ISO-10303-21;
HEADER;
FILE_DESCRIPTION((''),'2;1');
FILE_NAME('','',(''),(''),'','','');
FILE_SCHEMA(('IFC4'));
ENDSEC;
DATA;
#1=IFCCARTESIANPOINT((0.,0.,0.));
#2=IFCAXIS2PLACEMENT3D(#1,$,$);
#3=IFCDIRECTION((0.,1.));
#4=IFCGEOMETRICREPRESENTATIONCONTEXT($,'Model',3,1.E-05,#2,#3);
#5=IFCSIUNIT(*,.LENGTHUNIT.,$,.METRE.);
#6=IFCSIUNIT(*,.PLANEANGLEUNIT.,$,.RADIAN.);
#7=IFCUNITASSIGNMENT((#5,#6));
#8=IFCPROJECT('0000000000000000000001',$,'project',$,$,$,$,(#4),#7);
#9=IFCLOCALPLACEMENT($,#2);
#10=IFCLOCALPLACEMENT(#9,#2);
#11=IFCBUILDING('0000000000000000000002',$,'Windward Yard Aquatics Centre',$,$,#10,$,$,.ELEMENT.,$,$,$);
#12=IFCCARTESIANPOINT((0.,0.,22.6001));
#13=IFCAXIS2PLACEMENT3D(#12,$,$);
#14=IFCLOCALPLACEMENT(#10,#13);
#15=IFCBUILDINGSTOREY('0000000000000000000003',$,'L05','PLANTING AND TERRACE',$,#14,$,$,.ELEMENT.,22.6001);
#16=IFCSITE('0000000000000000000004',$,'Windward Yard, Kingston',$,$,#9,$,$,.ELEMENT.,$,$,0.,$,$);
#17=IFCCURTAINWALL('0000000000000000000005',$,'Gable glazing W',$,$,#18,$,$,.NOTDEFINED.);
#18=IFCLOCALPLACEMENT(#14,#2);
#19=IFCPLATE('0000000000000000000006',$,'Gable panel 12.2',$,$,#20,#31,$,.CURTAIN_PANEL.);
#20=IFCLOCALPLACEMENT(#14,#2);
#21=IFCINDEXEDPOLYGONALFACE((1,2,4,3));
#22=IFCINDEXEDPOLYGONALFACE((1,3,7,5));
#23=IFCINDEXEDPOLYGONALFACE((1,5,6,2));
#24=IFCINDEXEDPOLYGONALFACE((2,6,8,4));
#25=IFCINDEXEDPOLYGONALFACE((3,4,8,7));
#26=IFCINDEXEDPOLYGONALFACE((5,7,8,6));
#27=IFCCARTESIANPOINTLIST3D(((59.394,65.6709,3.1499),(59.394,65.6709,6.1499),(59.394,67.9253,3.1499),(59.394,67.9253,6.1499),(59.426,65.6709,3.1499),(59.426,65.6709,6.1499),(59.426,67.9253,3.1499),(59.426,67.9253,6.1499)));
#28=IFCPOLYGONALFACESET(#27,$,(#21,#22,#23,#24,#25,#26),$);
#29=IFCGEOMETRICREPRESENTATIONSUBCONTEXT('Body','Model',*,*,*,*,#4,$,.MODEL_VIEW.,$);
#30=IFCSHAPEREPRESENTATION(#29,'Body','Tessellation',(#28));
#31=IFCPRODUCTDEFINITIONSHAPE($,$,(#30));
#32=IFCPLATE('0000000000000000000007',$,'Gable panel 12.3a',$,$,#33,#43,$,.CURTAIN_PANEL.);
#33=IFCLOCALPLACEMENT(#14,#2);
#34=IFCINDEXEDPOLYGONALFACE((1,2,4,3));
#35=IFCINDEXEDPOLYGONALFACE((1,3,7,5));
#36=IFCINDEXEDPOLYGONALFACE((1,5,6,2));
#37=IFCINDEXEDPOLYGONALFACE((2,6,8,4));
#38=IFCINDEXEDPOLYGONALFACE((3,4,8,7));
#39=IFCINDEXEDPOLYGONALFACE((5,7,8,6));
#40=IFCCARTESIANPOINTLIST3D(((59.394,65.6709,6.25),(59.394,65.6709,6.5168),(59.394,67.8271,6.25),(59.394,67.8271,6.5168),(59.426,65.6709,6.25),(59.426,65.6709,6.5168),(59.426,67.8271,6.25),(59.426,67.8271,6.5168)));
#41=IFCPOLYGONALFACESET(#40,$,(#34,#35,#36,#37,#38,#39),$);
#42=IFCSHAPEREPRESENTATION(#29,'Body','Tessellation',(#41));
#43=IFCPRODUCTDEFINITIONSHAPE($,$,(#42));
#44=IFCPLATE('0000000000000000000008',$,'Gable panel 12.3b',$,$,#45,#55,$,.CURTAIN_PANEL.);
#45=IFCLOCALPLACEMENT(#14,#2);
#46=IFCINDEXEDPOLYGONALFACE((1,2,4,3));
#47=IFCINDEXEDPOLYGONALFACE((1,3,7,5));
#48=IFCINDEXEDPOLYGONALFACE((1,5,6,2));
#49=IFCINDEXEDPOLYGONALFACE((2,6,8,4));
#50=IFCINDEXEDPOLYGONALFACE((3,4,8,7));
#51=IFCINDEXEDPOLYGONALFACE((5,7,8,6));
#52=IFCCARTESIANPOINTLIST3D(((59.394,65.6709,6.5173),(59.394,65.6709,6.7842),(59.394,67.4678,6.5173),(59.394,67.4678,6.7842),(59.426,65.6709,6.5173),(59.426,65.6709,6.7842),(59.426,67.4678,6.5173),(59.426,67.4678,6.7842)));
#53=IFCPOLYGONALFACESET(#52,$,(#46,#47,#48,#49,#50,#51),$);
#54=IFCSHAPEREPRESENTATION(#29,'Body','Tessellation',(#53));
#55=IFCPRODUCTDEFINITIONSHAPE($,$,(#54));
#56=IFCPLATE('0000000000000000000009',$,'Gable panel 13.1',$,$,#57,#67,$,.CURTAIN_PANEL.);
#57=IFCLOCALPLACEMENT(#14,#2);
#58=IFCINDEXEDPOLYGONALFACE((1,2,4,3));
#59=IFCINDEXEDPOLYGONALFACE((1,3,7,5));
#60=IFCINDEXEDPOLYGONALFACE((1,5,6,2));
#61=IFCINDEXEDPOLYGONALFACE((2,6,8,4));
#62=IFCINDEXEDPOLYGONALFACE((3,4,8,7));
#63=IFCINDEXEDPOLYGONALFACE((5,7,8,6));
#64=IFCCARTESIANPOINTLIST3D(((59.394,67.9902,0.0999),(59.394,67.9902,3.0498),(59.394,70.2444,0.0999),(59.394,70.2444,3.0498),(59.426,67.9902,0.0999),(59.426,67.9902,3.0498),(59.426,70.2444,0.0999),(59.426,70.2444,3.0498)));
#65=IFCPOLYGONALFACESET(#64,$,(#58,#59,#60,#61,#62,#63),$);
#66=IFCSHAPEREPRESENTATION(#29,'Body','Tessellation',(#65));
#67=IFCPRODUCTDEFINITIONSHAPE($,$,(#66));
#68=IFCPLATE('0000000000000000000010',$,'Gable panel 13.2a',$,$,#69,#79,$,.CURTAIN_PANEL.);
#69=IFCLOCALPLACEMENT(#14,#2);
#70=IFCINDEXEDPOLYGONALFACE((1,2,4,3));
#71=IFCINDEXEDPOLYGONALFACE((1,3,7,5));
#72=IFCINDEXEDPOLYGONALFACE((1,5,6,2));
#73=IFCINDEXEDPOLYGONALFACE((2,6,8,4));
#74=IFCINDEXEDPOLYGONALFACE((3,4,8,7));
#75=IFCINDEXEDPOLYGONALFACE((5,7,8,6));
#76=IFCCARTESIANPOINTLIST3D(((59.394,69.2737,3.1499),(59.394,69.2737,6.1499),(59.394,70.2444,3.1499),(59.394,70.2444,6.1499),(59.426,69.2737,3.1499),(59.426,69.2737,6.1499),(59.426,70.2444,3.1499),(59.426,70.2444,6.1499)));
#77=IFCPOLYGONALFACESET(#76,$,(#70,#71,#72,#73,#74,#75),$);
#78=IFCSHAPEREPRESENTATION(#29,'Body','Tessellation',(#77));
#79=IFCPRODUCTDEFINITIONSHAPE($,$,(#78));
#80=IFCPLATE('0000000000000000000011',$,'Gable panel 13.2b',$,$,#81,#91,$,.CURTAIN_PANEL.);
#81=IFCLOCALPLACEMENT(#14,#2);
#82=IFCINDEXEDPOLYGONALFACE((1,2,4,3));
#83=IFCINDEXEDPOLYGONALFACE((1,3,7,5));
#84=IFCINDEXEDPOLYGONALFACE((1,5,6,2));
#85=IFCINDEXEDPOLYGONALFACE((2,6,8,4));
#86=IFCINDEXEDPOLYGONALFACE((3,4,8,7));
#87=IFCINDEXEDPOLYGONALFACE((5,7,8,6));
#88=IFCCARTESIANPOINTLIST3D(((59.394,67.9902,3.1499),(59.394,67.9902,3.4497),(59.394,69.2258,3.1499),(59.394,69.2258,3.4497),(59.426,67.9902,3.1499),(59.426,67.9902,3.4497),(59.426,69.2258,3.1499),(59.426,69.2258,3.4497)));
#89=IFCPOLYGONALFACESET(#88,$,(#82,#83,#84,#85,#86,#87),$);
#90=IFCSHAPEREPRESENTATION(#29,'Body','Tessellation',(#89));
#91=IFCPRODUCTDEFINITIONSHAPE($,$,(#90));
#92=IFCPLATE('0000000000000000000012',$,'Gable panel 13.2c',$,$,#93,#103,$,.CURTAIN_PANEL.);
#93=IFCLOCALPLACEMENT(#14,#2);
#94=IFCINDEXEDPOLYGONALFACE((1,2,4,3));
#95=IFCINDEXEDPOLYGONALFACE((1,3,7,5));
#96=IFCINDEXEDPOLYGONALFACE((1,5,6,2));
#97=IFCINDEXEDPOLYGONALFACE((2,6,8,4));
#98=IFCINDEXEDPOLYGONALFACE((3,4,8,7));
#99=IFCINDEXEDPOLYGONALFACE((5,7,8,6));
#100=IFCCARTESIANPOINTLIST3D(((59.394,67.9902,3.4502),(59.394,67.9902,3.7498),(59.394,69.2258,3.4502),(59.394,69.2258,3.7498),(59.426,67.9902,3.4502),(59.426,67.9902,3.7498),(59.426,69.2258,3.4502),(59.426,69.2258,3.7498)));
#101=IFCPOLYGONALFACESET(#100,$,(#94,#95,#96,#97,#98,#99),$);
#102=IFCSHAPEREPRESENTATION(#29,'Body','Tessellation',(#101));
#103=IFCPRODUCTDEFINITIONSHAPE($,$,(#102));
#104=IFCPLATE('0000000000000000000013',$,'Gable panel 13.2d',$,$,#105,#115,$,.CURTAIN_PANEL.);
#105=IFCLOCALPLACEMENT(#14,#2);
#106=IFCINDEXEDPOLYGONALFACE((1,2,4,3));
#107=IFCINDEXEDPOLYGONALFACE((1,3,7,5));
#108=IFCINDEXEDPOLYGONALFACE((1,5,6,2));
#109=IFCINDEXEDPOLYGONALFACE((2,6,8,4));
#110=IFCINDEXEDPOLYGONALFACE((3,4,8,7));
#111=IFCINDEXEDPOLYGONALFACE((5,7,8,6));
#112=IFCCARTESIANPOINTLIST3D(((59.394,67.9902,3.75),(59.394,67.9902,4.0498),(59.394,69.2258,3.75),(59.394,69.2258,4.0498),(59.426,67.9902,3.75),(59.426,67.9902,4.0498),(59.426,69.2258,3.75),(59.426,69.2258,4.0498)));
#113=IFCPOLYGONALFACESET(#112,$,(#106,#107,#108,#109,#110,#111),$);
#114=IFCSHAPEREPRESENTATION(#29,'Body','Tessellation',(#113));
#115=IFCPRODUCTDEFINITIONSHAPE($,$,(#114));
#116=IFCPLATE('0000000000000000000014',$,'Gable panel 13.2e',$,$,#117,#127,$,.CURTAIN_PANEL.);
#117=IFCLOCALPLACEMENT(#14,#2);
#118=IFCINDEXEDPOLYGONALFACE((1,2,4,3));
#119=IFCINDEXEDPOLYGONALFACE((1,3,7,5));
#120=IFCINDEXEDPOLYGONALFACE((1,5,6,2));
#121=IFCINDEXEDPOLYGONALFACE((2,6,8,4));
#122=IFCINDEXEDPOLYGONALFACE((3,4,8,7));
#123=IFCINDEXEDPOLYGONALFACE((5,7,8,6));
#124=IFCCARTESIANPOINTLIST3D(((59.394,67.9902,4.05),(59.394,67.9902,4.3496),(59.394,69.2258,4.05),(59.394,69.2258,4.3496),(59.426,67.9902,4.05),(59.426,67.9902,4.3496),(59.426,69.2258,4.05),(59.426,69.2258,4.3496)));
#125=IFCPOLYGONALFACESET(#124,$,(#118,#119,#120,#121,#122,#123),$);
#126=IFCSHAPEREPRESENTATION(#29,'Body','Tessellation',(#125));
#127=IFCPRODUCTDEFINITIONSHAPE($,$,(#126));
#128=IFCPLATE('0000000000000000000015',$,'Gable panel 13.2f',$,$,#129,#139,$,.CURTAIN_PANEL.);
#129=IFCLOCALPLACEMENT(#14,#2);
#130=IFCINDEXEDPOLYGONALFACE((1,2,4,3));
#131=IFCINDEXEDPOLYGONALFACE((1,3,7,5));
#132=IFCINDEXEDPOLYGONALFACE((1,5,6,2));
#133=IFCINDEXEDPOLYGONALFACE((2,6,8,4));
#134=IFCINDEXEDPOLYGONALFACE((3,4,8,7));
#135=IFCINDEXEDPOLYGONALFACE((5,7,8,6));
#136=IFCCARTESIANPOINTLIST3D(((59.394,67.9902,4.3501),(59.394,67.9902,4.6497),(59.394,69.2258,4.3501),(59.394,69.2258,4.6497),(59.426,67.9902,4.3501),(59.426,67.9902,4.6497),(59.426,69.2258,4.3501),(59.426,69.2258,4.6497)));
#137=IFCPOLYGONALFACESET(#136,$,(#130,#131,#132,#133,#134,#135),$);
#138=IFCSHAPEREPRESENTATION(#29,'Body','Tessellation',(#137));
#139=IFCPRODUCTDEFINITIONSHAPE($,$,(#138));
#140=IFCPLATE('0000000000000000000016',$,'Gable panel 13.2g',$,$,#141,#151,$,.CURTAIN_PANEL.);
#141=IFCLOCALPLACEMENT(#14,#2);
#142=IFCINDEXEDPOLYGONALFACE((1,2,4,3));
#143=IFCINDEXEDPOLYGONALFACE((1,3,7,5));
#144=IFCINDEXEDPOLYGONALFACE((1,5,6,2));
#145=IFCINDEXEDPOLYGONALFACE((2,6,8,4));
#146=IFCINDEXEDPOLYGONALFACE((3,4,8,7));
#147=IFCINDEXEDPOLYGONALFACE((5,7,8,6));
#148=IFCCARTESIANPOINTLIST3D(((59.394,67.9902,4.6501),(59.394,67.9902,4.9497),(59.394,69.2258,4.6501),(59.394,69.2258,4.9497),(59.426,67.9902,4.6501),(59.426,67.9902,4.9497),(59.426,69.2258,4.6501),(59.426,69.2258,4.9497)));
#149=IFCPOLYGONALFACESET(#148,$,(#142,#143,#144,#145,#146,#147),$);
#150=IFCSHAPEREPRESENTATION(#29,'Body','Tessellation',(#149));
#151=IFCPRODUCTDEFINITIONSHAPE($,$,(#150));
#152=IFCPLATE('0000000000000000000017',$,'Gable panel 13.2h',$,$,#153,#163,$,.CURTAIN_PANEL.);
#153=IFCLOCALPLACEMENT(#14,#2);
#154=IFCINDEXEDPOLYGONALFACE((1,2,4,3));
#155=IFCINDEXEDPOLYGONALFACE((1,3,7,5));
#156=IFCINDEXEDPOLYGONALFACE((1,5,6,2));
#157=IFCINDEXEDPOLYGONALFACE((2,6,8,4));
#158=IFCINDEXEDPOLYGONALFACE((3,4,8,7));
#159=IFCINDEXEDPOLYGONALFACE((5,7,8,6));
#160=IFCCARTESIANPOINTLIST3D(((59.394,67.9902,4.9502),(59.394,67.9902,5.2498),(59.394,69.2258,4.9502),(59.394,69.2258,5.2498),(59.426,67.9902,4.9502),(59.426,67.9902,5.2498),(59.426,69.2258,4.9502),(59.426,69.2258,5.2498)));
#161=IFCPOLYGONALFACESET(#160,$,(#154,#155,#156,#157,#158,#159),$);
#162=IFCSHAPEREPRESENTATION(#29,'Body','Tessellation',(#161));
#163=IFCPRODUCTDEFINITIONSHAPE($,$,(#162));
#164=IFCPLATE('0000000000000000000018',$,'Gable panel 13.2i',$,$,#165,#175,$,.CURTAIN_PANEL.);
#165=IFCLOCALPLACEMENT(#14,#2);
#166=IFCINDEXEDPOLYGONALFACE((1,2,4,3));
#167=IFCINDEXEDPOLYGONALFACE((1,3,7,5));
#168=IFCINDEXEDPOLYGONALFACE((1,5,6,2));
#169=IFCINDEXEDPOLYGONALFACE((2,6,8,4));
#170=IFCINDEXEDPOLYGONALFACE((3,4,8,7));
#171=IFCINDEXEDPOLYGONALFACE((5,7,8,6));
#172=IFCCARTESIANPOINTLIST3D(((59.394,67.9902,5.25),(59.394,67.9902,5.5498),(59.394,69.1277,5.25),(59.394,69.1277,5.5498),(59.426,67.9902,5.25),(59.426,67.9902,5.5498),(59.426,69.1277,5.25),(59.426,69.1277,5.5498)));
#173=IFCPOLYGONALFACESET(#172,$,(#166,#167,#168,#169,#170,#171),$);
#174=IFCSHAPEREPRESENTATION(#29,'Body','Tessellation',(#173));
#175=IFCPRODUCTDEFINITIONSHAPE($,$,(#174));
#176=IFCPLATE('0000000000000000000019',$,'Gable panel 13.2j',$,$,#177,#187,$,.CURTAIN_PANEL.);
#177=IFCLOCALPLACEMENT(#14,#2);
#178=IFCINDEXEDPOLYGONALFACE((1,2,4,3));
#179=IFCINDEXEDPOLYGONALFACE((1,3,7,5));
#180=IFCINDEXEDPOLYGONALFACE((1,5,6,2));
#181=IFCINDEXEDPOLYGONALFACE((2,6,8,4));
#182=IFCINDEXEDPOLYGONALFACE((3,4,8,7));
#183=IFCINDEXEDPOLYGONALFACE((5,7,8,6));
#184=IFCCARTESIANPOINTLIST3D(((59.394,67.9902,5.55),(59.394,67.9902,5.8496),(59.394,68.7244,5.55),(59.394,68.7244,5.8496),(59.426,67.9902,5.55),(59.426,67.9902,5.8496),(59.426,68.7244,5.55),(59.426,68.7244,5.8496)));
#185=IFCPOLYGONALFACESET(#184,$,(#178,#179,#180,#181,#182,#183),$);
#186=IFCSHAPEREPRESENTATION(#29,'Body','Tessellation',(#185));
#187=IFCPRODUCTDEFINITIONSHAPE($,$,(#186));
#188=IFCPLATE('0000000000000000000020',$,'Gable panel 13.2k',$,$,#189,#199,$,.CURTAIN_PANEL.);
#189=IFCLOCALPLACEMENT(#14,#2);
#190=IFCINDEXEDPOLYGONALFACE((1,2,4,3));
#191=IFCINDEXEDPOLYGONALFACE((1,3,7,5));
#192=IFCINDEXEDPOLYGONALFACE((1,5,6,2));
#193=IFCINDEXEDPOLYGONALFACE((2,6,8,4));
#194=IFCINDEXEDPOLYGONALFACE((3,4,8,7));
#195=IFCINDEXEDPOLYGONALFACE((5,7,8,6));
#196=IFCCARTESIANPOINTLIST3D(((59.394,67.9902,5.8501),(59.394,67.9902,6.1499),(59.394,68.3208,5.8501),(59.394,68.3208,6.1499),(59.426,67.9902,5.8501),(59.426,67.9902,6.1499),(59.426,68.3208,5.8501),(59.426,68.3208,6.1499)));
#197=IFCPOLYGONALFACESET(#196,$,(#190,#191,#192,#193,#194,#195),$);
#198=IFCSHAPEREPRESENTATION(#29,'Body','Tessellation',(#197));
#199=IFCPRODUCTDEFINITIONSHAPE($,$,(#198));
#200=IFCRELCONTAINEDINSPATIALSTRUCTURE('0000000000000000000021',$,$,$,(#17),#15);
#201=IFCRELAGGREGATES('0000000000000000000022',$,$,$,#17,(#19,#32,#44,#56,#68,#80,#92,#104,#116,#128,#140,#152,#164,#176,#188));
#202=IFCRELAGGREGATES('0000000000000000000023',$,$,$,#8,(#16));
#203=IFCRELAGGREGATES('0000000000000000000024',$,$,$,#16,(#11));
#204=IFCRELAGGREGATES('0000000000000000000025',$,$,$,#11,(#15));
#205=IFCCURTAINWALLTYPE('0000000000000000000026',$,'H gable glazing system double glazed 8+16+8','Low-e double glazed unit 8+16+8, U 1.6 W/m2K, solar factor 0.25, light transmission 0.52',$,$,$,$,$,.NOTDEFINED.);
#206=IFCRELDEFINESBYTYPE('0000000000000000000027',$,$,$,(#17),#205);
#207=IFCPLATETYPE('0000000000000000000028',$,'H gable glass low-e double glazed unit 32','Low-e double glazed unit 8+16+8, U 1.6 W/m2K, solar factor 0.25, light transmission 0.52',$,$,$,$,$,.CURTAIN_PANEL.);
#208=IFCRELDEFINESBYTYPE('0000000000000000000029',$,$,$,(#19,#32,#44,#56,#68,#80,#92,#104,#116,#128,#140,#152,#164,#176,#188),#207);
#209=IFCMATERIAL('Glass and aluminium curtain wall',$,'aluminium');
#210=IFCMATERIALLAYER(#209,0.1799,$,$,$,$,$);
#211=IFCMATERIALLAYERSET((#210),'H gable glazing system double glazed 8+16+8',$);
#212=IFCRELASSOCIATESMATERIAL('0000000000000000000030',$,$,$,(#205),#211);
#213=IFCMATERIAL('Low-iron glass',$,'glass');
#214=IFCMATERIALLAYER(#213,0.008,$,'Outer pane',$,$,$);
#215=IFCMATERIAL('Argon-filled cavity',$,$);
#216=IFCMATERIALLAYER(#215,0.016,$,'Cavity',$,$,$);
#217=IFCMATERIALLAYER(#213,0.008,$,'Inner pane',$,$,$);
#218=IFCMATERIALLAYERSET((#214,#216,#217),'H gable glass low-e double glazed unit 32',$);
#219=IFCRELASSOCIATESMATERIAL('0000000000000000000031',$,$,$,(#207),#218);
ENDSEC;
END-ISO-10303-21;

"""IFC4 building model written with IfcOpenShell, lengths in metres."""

from ifc_helpers import new_model, si_unit, direction, frame, origin, place, context, subcontext, project, spatial, polyline, outline, extrude, material, layer, layer_set, type_object, element, aggregate, save


model = new_model("IFC4")

# Units and contexts
model_context = context("Model", 3, precision=1e-05, world=origin(), true_north=direction((0.0, 1.0)))
body_context = subcontext(model_context, "Body", "Model", "MODEL_VIEW")
ifc_project = project(units=[si_unit("LENGTHUNIT", "METRE"), si_unit("PLANEANGLEUNIT", "RADIAN")], contexts=[model_context])

# Site, building, storey
site_placement = place(None, origin())
site = spatial("IfcSite", under=ifc_project, at=site_placement, Name="Windward Yard, Kingston", CompositionType="ELEMENT", RefElevation=0.0)
building_placement = place(site_placement, origin())
building = spatial("IfcBuilding", under=site, at=building_placement, Name="Windward Yard Aquatics Centre", CompositionType="ELEMENT")
storey_placement = place(building_placement, frame((0.0, 0.0, 22.6001)))
storey = spatial("IfcBuildingStorey", under=building, at=storey_placement, Name="L05", Description="PLANTING AND TERRACE", CompositionType="ELEMENT", Elevation=22.6001)

# Curtain wall, plates
ifc_material_1 = material(Name="Glass and aluminium curtain wall", Category="aluminium")
ifc_layer_1 = layer(ifc_material_1, 0.1799)
ifc_layer_set_1 = layer_set([ifc_layer_1], Name="H gable glazing system double glazed 8+16+8")
curtain_wall_type = type_object("IfcCurtainWallType", Name="H gable glazing system double glazed 8+16+8", Description="Low-e double glazed unit 8+16+8, U 1.6 W/m2K, solar factor 0.25, light transmission 0.52", PredefinedType="NOTDEFINED", material=ifc_layer_set_1)
curtain_wall_placement = place(storey_placement, origin())
curtain_wall = element("IfcCurtainWall", 1, at=curtain_wall_placement, inside=storey, type_object=curtain_wall_type, Name="Gable glazing W", PredefinedType="NOTDEFINED")
ifc_material_2 = material(Name="Low-iron glass", Category="glass")
ifc_layer_2 = layer(ifc_material_2, 0.008, Name="Outer pane")
ifc_material_3 = material(Name="Argon-filled cavity")
ifc_layer_3 = layer(ifc_material_3, 0.016, Name="Cavity")
ifc_layer_4 = layer(ifc_material_2, 0.008, Name="Inner pane")
ifc_layer_set_2 = layer_set([ifc_layer_2, ifc_layer_3, ifc_layer_4], Name="H gable glass low-e double glazed unit 32")
plate_type = type_object("IfcPlateType", Name="H gable glass low-e double glazed unit 32", Description="Low-e double glazed unit 8+16+8, U 1.6 W/m2K, solar factor 0.25, light transmission 0.52", PredefinedType="CURTAIN_PANEL", material=ifc_layer_set_2)
plate_1_placement = place(storey_placement, frame((59.394, 65.6709, 3.1499), z_axis=(-1.0, 0.0, 0.0), x_axis=(0.0, 0.0, 1.0)))
plate_1 = element("IfcPlate", 2, at=plate_1_placement, type_object=plate_type, Name="Gable panel 12.2", PredefinedType="CURTAIN_PANEL", context=body_context, shape_type="SweptSolid", body=[
    extrude(outline(polyline([(0.0, 0.0), (3.0, 0.0), (3.0, 2.2544), (0.0, 2.2544), (0.0, 0.0)])), origin(), (0.0, 0.0, -1.0), 0.032),
])
plate_2_placement = place(storey_placement, frame((59.426, 65.6709, 6.25), z_axis=(1.0, 0.0, 0.0), x_axis=(0.0, 1.0, 0.0)))
plate_2 = element("IfcPlate", 3, at=plate_2_placement, type_object=plate_type, Name="Gable panel 12.3a", PredefinedType="CURTAIN_PANEL", context=body_context, shape_type="SweptSolid", body=[
    extrude(outline(polyline([(0.0, 0.0), (2.1562, 0.0), (2.1562, 0.2668), (0.0, 0.2668), (0.0, 0.0)])), origin(), (0.0, 0.0, -1.0), 0.032),
])
plate_3_placement = place(storey_placement, frame((59.426, 65.6709, 6.5173), z_axis=(1.0, 0.0, 0.0), x_axis=(0.0, 1.0, 0.0)))
plate_3 = element("IfcPlate", 4, at=plate_3_placement, type_object=plate_type, Name="Gable panel 12.3b", PredefinedType="CURTAIN_PANEL", context=body_context, shape_type="SweptSolid", body=[
    extrude(outline(polyline([(0.0, 0.0), (1.7969, 0.0), (1.7969, 0.2668), (0.0, 0.2668), (0.0, 0.0)])), origin(), (0.0, 0.0, -1.0), 0.032),
])
plate_4_placement = place(storey_placement, frame((59.394, 67.9902, 0.0999), z_axis=(-1.0, 0.0, 0.0), x_axis=(0.0, 0.0, 1.0)))
plate_4 = element("IfcPlate", 5, at=plate_4_placement, type_object=plate_type, Name="Gable panel 13.1", PredefinedType="CURTAIN_PANEL", context=body_context, shape_type="SweptSolid", body=[
    extrude(outline(polyline([(0.0, 0.0), (2.95, 0.0), (2.95, 2.2542), (0.0, 2.2542), (0.0, 0.0)])), origin(), (0.0, 0.0, -1.0), 0.032),
])
plate_5_placement = place(storey_placement, frame((59.394, 69.2737, 3.1499), z_axis=(-1.0, 0.0, 0.0), x_axis=(0.0, 0.0, 1.0)))
plate_5 = element("IfcPlate", 6, at=plate_5_placement, type_object=plate_type, Name="Gable panel 13.2a", PredefinedType="CURTAIN_PANEL", context=body_context, shape_type="SweptSolid", body=[
    extrude(outline(polyline([(0.0, 0.0), (3.0, 0.0), (3.0, 0.9707), (0.0, 0.9707), (0.0, 0.0)])), origin(), (0.0, 0.0, -1.0), 0.032),
])
plate_6_placement = place(storey_placement, frame((59.426, 67.9902, 3.1499), z_axis=(1.0, 0.0, 0.0), x_axis=(0.0, 1.0, 0.0)))
plate_6 = element("IfcPlate", 7, at=plate_6_placement, type_object=plate_type, Name="Gable panel 13.2b", PredefinedType="CURTAIN_PANEL", context=body_context, shape_type="SweptSolid", body=[
    extrude(outline(polyline([(0.0, 0.0), (1.2356, 0.0), (1.2356, 0.2998), (0.0, 0.2998), (0.0, 0.0)])), origin(), (0.0, 0.0, -1.0), 0.032),
])
plate_7_placement = place(storey_placement, frame((59.426, 67.9902, 3.4502), z_axis=(1.0, 0.0, 0.0), x_axis=(0.0, 1.0, 0.0)))
plate_7 = element("IfcPlate", 8, at=plate_7_placement, type_object=plate_type, Name="Gable panel 13.2c", PredefinedType="CURTAIN_PANEL", context=body_context, shape_type="SweptSolid", body=[
    extrude(outline(polyline([(0.0, 0.0), (1.2356, 0.0), (1.2356, 0.2996), (0.0, 0.2996), (0.0, 0.0)])), origin(), (0.0, 0.0, -1.0), 0.032),
])
plate_8_placement = place(storey_placement, frame((59.426, 67.9902, 3.75), z_axis=(1.0, 0.0, 0.0), x_axis=(0.0, 1.0, 0.0)))
plate_8 = element("IfcPlate", 9, at=plate_8_placement, type_object=plate_type, Name="Gable panel 13.2d", PredefinedType="CURTAIN_PANEL", context=body_context, shape_type="SweptSolid", body=[
    extrude(outline(polyline([(0.0, 0.0), (1.2356, 0.0), (1.2356, 0.2998), (0.0, 0.2998), (0.0, 0.0)])), origin(), (0.0, 0.0, -1.0), 0.032),
])
plate_9_placement = place(storey_placement, frame((59.426, 67.9902, 4.05), z_axis=(1.0, 0.0, 0.0), x_axis=(0.0, 1.0, 0.0)))
plate_9 = element("IfcPlate", 10, at=plate_9_placement, type_object=plate_type, Name="Gable panel 13.2e", PredefinedType="CURTAIN_PANEL", context=body_context, shape_type="SweptSolid", body=[
    extrude(outline(polyline([(0.0, 0.0), (1.2356, 0.0), (1.2356, 0.2996), (0.0, 0.2996), (0.0, 0.0)])), origin(), (0.0, 0.0, -1.0), 0.032),
])
plate_10_placement = place(storey_placement, frame((59.426, 67.9902, 4.3501), z_axis=(1.0, 0.0, 0.0), x_axis=(0.0, 1.0, 0.0)))
plate_10 = element("IfcPlate", 11, at=plate_10_placement, type_object=plate_type, Name="Gable panel 13.2f", PredefinedType="CURTAIN_PANEL", context=body_context, shape_type="SweptSolid", body=[
    extrude(outline(polyline([(0.0, 0.0), (1.2356, 0.0), (1.2356, 0.2996), (0.0, 0.2996), (0.0, 0.0)])), origin(), (0.0, 0.0, -1.0), 0.032),
])
plate_11_placement = place(storey_placement, frame((59.426, 67.9902, 4.6501), z_axis=(1.0, 0.0, 0.0), x_axis=(0.0, 1.0, 0.0)))
plate_11 = element("IfcPlate", 12, at=plate_11_placement, type_object=plate_type, Name="Gable panel 13.2g", PredefinedType="CURTAIN_PANEL", context=body_context, shape_type="SweptSolid", body=[
    extrude(outline(polyline([(0.0, 0.0), (1.2356, 0.0), (1.2356, 0.2996), (0.0, 0.2996), (0.0, 0.0)])), origin(), (0.0, 0.0, -1.0), 0.032),
])
plate_12_placement = place(storey_placement, frame((59.426, 67.9902, 4.9502), z_axis=(1.0, 0.0, 0.0), x_axis=(0.0, 1.0, 0.0)))
plate_12 = element("IfcPlate", 13, at=plate_12_placement, type_object=plate_type, Name="Gable panel 13.2h", PredefinedType="CURTAIN_PANEL", context=body_context, shape_type="SweptSolid", body=[
    extrude(outline(polyline([(0.0, 0.0), (1.2356, 0.0), (1.2356, 0.2996), (0.0, 0.2996), (0.0, 0.0)])), origin(), (0.0, 0.0, -1.0), 0.032),
])
plate_13_placement = place(storey_placement, frame((59.426, 67.9902, 5.25), z_axis=(1.0, 0.0, 0.0), x_axis=(0.0, 1.0, 0.0)))
plate_13 = element("IfcPlate", 14, at=plate_13_placement, type_object=plate_type, Name="Gable panel 13.2i", PredefinedType="CURTAIN_PANEL", context=body_context, shape_type="SweptSolid", body=[
    extrude(outline(polyline([(0.0, 0.0), (1.1375, 0.0), (1.1375, 0.2998), (0.0, 0.2998), (0.0, 0.0)])), origin(), (0.0, 0.0, -1.0), 0.032),
])
plate_14_placement = place(storey_placement, frame((59.426, 67.9902, 5.55), z_axis=(1.0, 0.0, 0.0), x_axis=(0.0, 1.0, 0.0)))
plate_14 = element("IfcPlate", 15, at=plate_14_placement, type_object=plate_type, Name="Gable panel 13.2j", PredefinedType="CURTAIN_PANEL", context=body_context, shape_type="SweptSolid", body=[
    extrude(outline(polyline([(0.0, 0.0), (0.7341, 0.0), (0.7341, 0.2996), (0.0, 0.2996), (0.0, 0.0)])), origin(), (0.0, 0.0, -1.0), 0.032),
])
plate_15_placement = place(storey_placement, frame((59.426, 67.9902, 5.8501), z_axis=(1.0, 0.0, 0.0), x_axis=(0.0, 1.0, 0.0)))
plate_15 = element("IfcPlate", 16, at=plate_15_placement, type_object=plate_type, Name="Gable panel 13.2k", PredefinedType="CURTAIN_PANEL", context=body_context, shape_type="SweptSolid", body=[
    extrude(outline(polyline([(0.0, 0.0), (0.3306, 0.0), (0.3306, 0.2998), (0.0, 0.2998), (0.0, 0.0)])), origin(), (0.0, 0.0, -1.0), 0.032),
])
aggregate(curtain_wall, [plate_1, plate_2, plate_3, plate_4, plate_5, plate_6, plate_7, plate_8, plate_9, plate_10, plate_11, plate_12, plate_13, plate_14, plate_15])

save(model, "model.ifc")
